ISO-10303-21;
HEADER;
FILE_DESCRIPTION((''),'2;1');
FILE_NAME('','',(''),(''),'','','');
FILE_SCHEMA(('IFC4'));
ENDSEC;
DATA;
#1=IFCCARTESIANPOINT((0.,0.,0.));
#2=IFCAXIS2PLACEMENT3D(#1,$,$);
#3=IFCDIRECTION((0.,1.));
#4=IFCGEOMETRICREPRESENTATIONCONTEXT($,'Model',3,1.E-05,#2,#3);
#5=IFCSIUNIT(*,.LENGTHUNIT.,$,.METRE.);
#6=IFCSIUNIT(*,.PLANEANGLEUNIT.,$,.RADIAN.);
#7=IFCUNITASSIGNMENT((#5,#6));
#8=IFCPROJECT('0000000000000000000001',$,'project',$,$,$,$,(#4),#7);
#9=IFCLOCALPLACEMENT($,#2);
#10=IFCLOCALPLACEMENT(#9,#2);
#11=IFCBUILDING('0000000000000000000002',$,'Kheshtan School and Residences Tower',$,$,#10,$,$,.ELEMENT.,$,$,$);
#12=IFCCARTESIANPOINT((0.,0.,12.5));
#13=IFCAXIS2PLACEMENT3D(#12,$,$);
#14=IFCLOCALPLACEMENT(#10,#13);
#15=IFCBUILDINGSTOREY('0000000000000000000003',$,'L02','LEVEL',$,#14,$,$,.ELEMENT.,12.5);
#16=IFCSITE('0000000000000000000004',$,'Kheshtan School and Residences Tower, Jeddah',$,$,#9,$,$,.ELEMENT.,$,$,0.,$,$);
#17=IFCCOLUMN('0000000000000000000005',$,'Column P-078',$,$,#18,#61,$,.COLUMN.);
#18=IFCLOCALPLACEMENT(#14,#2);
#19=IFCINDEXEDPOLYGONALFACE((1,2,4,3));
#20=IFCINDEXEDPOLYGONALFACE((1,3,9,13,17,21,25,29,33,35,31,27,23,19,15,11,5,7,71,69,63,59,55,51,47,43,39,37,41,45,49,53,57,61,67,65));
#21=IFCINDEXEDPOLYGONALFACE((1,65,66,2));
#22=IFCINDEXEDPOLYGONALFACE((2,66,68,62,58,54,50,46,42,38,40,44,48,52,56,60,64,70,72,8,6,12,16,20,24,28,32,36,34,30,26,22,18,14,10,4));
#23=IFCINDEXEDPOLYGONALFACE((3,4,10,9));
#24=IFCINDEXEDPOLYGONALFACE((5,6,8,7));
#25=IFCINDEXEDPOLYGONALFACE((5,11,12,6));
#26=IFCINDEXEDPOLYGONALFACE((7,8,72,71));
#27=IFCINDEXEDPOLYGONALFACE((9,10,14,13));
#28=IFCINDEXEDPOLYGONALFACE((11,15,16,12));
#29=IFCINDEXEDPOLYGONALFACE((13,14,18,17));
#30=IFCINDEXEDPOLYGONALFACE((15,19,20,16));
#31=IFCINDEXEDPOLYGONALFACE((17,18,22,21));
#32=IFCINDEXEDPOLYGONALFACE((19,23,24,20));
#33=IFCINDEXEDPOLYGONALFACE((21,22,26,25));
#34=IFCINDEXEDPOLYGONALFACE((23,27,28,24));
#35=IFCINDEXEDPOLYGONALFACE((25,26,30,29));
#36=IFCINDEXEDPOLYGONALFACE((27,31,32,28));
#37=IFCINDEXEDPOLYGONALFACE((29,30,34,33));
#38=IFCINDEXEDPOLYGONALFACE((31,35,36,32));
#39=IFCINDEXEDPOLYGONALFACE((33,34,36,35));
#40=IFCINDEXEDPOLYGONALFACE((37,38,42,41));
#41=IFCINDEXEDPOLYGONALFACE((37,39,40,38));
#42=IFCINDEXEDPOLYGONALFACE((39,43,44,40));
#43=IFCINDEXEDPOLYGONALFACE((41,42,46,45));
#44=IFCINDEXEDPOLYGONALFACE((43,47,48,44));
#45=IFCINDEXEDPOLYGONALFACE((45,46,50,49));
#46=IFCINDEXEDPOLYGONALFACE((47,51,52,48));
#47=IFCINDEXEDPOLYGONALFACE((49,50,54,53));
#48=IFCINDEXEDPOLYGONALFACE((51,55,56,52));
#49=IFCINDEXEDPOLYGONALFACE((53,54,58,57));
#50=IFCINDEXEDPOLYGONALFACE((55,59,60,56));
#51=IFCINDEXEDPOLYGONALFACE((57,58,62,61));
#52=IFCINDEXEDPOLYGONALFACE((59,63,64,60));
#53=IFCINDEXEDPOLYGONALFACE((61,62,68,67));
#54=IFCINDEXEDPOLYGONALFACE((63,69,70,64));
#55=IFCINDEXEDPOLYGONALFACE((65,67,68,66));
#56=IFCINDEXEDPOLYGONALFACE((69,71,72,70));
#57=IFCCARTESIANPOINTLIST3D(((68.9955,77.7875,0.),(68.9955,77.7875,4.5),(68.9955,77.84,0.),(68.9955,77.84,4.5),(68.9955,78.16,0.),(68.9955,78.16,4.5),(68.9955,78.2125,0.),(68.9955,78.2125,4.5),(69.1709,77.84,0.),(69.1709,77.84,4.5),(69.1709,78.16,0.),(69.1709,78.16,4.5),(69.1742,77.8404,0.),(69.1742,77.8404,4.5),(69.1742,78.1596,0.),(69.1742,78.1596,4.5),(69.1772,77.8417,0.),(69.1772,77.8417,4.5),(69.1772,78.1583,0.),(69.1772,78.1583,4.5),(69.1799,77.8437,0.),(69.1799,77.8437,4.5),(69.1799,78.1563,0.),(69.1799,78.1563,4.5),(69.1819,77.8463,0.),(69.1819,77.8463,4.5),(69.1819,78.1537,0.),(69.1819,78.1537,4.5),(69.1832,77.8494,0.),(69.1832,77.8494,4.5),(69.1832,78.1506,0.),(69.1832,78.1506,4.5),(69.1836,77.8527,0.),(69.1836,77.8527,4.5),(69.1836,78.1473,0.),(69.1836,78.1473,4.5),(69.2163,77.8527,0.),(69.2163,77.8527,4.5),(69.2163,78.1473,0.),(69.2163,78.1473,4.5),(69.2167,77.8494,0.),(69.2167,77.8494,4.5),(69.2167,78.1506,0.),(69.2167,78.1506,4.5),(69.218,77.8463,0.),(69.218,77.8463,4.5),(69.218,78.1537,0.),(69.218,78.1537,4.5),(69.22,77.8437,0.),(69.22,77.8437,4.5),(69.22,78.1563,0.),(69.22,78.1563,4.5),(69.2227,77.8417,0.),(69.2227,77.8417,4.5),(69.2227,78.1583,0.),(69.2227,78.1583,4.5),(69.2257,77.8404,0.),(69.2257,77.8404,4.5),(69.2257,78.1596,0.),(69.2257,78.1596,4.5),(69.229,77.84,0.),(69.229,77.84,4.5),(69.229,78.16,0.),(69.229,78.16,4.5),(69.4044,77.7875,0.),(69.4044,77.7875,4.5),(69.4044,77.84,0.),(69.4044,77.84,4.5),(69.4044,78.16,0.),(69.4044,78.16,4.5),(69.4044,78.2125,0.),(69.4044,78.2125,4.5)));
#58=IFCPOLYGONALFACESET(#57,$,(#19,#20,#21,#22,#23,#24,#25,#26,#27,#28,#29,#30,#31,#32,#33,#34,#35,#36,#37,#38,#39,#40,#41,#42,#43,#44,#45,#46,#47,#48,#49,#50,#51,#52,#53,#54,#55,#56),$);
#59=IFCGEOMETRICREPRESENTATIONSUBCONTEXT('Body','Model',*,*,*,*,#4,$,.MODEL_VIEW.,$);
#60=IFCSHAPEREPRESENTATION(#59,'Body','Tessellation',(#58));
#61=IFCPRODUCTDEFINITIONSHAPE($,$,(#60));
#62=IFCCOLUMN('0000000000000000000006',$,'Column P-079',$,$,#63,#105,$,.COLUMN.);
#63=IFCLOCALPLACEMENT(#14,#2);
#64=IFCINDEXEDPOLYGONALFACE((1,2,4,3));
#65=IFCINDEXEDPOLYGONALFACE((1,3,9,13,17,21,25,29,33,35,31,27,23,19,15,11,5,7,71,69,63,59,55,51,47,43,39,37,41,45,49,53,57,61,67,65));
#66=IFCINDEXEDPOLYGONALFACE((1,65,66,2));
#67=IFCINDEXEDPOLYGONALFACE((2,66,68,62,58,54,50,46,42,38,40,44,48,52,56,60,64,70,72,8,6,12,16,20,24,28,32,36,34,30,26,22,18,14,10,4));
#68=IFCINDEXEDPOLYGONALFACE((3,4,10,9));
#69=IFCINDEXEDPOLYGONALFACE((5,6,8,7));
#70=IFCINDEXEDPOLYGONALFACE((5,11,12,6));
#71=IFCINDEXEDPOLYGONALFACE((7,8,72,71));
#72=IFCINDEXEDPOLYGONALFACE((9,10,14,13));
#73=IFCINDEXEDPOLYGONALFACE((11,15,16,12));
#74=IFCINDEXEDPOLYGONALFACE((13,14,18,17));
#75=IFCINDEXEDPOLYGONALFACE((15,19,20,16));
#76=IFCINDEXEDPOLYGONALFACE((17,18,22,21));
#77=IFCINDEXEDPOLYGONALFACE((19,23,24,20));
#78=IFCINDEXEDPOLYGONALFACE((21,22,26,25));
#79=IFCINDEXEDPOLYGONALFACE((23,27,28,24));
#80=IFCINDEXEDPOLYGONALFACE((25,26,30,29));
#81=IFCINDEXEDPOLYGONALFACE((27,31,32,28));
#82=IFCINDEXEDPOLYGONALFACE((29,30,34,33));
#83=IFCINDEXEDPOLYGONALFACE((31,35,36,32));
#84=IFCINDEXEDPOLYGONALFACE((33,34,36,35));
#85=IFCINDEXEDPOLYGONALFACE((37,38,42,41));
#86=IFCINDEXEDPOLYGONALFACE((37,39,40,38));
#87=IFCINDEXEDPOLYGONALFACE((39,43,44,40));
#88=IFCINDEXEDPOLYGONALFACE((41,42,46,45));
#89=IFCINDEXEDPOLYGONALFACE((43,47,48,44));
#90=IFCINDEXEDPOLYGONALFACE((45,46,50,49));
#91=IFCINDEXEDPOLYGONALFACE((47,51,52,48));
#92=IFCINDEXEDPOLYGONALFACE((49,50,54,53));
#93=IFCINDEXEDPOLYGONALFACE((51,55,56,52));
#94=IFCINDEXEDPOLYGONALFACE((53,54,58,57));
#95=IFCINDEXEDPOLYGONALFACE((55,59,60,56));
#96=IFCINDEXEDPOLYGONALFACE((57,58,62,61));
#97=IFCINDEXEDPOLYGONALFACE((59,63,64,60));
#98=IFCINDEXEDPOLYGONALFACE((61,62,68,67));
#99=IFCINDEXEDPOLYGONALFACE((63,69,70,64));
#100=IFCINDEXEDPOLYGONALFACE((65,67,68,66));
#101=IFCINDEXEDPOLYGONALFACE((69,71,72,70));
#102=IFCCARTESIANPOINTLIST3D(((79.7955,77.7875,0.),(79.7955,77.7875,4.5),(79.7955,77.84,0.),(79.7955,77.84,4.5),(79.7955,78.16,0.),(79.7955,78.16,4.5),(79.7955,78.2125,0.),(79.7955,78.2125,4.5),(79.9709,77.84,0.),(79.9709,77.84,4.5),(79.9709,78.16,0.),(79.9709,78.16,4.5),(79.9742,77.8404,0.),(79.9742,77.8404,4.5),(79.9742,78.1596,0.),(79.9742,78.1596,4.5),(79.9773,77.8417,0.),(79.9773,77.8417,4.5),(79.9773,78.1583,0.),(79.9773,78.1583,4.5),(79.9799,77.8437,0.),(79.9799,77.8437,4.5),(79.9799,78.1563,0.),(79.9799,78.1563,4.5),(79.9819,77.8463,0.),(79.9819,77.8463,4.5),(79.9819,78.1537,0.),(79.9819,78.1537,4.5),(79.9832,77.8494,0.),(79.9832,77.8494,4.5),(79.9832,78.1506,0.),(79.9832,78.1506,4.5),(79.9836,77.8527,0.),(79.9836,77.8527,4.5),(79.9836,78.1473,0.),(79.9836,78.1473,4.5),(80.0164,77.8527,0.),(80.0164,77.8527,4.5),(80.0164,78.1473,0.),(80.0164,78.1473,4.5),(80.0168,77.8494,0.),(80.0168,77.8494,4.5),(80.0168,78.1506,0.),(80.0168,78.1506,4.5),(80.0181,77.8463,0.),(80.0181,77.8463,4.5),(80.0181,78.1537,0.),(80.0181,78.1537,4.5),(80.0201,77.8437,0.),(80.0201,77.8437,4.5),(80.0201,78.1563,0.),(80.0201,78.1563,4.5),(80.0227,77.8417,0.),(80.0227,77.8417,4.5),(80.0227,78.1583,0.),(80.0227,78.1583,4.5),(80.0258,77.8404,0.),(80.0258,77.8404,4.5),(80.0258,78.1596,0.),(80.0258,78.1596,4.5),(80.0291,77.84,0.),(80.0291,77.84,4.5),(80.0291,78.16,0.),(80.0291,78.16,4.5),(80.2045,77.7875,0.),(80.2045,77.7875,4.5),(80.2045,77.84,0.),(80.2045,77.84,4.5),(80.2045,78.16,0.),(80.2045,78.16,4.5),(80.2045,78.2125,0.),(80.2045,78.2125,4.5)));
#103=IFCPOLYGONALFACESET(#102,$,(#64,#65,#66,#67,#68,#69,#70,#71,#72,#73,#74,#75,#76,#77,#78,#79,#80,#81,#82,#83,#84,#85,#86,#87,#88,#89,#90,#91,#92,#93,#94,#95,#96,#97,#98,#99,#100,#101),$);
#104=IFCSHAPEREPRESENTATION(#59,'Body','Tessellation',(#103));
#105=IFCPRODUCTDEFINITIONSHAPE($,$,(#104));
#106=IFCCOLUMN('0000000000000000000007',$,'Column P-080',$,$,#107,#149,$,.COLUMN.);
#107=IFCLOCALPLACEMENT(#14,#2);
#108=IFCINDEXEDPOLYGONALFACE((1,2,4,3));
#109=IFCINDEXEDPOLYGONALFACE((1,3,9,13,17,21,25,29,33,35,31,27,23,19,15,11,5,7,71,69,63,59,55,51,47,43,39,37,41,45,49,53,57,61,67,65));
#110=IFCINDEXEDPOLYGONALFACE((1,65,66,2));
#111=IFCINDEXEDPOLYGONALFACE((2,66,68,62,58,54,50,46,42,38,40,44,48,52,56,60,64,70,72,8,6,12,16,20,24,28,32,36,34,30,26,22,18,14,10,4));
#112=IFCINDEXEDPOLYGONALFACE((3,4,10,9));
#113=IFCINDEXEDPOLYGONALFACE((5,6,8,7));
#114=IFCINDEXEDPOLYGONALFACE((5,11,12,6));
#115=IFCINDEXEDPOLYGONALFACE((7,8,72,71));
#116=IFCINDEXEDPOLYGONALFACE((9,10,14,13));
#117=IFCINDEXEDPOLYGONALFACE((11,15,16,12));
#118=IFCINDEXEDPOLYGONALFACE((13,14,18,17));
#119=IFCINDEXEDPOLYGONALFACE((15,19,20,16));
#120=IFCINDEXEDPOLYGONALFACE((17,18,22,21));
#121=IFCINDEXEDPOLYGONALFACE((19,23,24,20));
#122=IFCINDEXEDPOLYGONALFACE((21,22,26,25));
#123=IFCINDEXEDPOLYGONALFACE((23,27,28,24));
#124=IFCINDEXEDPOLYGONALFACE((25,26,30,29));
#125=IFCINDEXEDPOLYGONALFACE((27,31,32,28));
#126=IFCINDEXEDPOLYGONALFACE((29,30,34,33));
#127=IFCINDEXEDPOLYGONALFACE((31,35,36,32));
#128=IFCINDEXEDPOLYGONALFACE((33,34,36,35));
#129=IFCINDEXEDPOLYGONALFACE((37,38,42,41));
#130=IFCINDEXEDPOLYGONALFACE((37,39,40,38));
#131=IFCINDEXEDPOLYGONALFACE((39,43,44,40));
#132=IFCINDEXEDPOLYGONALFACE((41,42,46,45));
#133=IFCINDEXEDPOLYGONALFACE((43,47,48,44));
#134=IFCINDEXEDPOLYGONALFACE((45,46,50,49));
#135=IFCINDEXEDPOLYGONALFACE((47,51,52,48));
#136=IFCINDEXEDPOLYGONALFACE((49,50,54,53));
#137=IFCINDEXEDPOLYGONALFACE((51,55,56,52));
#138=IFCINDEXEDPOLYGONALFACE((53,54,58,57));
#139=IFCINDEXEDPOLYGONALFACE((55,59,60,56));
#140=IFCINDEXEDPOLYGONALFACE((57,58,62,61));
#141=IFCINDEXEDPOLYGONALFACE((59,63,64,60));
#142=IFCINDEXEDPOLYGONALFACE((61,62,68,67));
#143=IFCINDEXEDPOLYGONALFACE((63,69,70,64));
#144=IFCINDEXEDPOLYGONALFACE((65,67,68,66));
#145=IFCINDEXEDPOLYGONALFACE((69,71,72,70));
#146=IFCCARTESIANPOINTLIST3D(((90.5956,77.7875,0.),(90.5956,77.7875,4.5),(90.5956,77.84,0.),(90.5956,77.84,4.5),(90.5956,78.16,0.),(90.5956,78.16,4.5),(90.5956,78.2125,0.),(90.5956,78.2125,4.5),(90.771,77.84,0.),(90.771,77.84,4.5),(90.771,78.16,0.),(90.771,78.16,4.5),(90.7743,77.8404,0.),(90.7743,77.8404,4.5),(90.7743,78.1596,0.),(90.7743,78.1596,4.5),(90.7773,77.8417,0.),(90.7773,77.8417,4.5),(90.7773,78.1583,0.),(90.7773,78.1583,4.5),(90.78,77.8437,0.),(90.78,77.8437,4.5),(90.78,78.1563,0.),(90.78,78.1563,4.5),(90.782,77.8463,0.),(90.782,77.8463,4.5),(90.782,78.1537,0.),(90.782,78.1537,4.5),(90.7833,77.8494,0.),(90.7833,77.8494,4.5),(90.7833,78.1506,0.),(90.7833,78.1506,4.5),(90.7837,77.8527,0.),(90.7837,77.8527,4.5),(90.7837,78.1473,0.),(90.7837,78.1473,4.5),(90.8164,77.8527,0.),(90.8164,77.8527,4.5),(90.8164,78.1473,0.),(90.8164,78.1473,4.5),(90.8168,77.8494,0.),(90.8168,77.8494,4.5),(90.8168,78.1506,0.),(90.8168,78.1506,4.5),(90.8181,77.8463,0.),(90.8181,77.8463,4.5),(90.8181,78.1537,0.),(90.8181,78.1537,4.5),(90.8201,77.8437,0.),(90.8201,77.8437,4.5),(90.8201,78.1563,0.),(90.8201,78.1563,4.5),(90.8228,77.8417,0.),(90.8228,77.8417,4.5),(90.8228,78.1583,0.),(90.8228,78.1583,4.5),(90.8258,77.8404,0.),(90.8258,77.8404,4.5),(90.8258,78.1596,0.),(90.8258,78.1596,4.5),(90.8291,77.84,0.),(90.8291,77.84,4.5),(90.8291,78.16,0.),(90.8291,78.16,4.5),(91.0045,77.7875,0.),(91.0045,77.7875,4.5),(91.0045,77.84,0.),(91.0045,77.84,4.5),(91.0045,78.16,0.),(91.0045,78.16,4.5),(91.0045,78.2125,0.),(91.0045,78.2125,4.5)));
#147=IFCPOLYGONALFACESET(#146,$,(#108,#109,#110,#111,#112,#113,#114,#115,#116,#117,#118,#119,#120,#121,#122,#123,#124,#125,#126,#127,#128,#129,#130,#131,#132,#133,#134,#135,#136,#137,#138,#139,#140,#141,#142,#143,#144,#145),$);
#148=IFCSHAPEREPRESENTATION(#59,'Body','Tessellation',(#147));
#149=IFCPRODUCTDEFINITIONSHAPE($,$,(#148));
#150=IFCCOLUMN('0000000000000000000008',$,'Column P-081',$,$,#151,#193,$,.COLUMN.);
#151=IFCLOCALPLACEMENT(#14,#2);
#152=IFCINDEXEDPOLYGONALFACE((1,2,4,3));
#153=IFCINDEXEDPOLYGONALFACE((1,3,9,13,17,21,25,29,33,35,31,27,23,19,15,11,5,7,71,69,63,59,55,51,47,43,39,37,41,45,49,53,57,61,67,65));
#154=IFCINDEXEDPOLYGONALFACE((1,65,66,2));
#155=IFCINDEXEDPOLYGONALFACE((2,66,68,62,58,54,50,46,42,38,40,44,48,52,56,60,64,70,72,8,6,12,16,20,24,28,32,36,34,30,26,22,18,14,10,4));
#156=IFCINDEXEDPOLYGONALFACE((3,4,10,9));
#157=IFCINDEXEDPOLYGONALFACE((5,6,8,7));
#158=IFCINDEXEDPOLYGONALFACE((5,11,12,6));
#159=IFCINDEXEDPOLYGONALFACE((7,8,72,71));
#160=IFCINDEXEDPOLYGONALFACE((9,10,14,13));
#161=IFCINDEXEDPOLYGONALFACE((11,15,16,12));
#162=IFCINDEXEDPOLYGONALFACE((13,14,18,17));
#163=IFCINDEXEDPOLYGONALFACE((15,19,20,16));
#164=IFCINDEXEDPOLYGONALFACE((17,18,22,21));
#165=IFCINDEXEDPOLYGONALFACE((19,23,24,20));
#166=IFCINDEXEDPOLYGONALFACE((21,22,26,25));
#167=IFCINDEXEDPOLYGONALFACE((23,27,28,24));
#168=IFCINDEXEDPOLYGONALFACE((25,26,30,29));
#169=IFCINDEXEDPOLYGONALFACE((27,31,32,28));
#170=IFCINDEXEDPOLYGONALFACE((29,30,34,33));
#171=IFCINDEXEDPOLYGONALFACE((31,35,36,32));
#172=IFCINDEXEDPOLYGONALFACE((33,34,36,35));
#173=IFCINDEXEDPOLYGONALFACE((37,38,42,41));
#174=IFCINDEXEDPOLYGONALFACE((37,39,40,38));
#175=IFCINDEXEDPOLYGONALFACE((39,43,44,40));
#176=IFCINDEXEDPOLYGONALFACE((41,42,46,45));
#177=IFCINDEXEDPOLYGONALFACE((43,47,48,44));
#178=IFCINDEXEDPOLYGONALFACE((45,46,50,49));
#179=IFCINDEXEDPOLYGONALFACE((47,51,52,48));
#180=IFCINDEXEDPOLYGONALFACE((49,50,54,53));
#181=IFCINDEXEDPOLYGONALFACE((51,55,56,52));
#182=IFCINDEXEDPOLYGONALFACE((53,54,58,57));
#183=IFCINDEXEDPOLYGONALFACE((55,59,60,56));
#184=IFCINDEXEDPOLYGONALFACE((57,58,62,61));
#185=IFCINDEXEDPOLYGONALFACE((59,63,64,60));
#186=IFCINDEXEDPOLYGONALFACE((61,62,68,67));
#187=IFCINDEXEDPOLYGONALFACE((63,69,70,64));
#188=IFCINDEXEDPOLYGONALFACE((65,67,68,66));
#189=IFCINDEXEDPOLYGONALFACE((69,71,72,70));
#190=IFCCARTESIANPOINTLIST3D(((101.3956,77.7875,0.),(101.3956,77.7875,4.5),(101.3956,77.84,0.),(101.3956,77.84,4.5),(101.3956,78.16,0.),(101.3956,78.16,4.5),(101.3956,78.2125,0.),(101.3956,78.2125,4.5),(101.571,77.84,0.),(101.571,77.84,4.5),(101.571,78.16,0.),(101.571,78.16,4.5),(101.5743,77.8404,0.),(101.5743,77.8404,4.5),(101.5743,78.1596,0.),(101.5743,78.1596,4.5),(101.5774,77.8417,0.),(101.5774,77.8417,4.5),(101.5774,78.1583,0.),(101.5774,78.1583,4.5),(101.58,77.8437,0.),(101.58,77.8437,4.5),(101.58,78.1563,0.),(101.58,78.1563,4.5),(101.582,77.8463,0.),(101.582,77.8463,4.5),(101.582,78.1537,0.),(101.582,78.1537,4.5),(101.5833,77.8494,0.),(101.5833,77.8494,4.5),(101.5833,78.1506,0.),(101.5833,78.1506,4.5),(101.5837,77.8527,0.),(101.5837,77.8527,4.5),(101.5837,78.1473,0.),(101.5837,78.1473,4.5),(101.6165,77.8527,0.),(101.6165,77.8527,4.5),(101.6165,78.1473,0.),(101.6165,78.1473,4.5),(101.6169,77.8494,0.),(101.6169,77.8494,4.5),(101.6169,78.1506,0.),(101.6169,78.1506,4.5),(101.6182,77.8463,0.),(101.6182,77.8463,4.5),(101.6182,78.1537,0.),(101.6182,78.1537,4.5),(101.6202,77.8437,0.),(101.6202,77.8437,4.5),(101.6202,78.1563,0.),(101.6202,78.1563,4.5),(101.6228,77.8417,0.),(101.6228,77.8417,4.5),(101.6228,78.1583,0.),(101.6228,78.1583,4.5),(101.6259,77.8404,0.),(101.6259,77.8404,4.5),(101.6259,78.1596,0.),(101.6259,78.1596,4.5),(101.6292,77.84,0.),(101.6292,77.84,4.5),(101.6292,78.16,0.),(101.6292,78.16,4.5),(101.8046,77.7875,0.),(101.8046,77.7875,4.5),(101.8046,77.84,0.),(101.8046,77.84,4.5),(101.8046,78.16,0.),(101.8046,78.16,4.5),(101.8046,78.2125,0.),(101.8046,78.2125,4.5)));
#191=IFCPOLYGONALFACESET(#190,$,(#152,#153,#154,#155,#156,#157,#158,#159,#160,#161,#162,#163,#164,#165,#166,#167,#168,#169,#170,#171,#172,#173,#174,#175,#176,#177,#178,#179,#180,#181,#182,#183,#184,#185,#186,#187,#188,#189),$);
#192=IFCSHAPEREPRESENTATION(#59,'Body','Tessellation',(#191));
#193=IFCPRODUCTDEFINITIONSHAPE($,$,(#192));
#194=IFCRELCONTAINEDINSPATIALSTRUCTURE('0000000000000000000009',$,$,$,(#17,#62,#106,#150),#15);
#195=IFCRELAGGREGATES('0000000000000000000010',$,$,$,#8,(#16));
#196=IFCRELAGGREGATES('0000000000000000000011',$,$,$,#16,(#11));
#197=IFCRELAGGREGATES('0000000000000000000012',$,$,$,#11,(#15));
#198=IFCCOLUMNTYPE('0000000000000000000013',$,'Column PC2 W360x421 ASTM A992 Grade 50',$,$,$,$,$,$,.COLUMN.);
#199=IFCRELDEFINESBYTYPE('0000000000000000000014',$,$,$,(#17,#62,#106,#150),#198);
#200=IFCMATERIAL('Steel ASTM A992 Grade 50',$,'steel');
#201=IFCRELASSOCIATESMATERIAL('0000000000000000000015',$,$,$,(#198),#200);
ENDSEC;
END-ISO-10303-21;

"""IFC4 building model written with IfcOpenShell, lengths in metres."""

from ifc_helpers import new_model, si_unit, direction, frame, origin, origin_2d, place, context, subcontext, project, spatial, i_section, extrude, material, material_profile, profile_set, type_object, element, save


model = new_model("IFC4")

# Units and contexts
model_context = context("Model", 3, precision=1e-05, world=origin(), true_north=direction((0.0, 1.0)))
body_context = subcontext(model_context, "Body", "Model", "MODEL_VIEW")
ifc_project = project(units=[si_unit("LENGTHUNIT", "METRE"), si_unit("PLANEANGLEUNIT", "RADIAN")], contexts=[model_context])

# Site, building, storey
site_placement = place(None, origin())
site = spatial("IfcSite", under=ifc_project, at=site_placement, Name="Kheshtan School and Residences Tower, Jeddah", CompositionType="ELEMENT", RefElevation=0.0)
building_placement = place(site_placement, origin())
building = spatial("IfcBuilding", under=site, at=building_placement, Name="Kheshtan School and Residences Tower", CompositionType="ELEMENT")
storey_placement = place(building_placement, frame((0.0, 0.0, 12.5)))
storey = spatial("IfcBuildingStorey", under=building, at=storey_placement, Name="L02", Description="LEVEL", CompositionType="ELEMENT", Elevation=12.5)

# Columns
ifc_material_1 = material(Name="Steel ASTM A992 Grade 50", Category="steel")
ifc_material_profile_1 = material_profile(ifc_material_1, i_section(OverallWidth=0.4089, OverallDepth=0.425, WebThickness=0.0327, FlangeThickness=0.0525, FilletRadius=0.0127, at=origin_2d()), Name="W360x421")
ifc_profile_set_1 = profile_set([ifc_material_profile_1], Name="Steel ASTM A992 Grade 50")
column_type = type_object("IfcColumnType", Name="Column PC2 W360x421 ASTM A992 Grade 50", PredefinedType="COLUMN", material=ifc_profile_set_1)
for number, where, z_axis, x_axis, name in (
    (1, (69.2, 78.0, 0.0), (0.0, 0.0, 1.0), (1.0, 0.0, 0.0), "Column P-078"),
    (2, (80.0, 78.0, 0.0), (0.0, 0.0, 1.0), (1.0, 0.0, 0.0), "Column P-079"),
    (3, (90.8, 78.0, 0.0), (0.0, 0.0, 1.0), (1.0, 0.0, 0.0), "Column P-080"),
    (4, (101.6001, 78.0, 0.0), (0.0, 0.0, 1.0), (1.0, 0.0, 0.0), "Column P-081"),
):
    element("IfcColumn", number, at=place(storey_placement, frame(where, z_axis=z_axis, x_axis=x_axis)), inside=storey, type_object=column_type, Name=name, PredefinedType="COLUMN", context=body_context, shape_type="SweptSolid", body=[
        extrude(i_section(OverallWidth=0.4089, OverallDepth=0.425, WebThickness=0.0327, FlangeThickness=0.0525, FilletRadius=0.0127, at=origin_2d()), origin(), (0.0, 0.0, 1.0), 4.5),
    ])

save(model, "model.ifc")
